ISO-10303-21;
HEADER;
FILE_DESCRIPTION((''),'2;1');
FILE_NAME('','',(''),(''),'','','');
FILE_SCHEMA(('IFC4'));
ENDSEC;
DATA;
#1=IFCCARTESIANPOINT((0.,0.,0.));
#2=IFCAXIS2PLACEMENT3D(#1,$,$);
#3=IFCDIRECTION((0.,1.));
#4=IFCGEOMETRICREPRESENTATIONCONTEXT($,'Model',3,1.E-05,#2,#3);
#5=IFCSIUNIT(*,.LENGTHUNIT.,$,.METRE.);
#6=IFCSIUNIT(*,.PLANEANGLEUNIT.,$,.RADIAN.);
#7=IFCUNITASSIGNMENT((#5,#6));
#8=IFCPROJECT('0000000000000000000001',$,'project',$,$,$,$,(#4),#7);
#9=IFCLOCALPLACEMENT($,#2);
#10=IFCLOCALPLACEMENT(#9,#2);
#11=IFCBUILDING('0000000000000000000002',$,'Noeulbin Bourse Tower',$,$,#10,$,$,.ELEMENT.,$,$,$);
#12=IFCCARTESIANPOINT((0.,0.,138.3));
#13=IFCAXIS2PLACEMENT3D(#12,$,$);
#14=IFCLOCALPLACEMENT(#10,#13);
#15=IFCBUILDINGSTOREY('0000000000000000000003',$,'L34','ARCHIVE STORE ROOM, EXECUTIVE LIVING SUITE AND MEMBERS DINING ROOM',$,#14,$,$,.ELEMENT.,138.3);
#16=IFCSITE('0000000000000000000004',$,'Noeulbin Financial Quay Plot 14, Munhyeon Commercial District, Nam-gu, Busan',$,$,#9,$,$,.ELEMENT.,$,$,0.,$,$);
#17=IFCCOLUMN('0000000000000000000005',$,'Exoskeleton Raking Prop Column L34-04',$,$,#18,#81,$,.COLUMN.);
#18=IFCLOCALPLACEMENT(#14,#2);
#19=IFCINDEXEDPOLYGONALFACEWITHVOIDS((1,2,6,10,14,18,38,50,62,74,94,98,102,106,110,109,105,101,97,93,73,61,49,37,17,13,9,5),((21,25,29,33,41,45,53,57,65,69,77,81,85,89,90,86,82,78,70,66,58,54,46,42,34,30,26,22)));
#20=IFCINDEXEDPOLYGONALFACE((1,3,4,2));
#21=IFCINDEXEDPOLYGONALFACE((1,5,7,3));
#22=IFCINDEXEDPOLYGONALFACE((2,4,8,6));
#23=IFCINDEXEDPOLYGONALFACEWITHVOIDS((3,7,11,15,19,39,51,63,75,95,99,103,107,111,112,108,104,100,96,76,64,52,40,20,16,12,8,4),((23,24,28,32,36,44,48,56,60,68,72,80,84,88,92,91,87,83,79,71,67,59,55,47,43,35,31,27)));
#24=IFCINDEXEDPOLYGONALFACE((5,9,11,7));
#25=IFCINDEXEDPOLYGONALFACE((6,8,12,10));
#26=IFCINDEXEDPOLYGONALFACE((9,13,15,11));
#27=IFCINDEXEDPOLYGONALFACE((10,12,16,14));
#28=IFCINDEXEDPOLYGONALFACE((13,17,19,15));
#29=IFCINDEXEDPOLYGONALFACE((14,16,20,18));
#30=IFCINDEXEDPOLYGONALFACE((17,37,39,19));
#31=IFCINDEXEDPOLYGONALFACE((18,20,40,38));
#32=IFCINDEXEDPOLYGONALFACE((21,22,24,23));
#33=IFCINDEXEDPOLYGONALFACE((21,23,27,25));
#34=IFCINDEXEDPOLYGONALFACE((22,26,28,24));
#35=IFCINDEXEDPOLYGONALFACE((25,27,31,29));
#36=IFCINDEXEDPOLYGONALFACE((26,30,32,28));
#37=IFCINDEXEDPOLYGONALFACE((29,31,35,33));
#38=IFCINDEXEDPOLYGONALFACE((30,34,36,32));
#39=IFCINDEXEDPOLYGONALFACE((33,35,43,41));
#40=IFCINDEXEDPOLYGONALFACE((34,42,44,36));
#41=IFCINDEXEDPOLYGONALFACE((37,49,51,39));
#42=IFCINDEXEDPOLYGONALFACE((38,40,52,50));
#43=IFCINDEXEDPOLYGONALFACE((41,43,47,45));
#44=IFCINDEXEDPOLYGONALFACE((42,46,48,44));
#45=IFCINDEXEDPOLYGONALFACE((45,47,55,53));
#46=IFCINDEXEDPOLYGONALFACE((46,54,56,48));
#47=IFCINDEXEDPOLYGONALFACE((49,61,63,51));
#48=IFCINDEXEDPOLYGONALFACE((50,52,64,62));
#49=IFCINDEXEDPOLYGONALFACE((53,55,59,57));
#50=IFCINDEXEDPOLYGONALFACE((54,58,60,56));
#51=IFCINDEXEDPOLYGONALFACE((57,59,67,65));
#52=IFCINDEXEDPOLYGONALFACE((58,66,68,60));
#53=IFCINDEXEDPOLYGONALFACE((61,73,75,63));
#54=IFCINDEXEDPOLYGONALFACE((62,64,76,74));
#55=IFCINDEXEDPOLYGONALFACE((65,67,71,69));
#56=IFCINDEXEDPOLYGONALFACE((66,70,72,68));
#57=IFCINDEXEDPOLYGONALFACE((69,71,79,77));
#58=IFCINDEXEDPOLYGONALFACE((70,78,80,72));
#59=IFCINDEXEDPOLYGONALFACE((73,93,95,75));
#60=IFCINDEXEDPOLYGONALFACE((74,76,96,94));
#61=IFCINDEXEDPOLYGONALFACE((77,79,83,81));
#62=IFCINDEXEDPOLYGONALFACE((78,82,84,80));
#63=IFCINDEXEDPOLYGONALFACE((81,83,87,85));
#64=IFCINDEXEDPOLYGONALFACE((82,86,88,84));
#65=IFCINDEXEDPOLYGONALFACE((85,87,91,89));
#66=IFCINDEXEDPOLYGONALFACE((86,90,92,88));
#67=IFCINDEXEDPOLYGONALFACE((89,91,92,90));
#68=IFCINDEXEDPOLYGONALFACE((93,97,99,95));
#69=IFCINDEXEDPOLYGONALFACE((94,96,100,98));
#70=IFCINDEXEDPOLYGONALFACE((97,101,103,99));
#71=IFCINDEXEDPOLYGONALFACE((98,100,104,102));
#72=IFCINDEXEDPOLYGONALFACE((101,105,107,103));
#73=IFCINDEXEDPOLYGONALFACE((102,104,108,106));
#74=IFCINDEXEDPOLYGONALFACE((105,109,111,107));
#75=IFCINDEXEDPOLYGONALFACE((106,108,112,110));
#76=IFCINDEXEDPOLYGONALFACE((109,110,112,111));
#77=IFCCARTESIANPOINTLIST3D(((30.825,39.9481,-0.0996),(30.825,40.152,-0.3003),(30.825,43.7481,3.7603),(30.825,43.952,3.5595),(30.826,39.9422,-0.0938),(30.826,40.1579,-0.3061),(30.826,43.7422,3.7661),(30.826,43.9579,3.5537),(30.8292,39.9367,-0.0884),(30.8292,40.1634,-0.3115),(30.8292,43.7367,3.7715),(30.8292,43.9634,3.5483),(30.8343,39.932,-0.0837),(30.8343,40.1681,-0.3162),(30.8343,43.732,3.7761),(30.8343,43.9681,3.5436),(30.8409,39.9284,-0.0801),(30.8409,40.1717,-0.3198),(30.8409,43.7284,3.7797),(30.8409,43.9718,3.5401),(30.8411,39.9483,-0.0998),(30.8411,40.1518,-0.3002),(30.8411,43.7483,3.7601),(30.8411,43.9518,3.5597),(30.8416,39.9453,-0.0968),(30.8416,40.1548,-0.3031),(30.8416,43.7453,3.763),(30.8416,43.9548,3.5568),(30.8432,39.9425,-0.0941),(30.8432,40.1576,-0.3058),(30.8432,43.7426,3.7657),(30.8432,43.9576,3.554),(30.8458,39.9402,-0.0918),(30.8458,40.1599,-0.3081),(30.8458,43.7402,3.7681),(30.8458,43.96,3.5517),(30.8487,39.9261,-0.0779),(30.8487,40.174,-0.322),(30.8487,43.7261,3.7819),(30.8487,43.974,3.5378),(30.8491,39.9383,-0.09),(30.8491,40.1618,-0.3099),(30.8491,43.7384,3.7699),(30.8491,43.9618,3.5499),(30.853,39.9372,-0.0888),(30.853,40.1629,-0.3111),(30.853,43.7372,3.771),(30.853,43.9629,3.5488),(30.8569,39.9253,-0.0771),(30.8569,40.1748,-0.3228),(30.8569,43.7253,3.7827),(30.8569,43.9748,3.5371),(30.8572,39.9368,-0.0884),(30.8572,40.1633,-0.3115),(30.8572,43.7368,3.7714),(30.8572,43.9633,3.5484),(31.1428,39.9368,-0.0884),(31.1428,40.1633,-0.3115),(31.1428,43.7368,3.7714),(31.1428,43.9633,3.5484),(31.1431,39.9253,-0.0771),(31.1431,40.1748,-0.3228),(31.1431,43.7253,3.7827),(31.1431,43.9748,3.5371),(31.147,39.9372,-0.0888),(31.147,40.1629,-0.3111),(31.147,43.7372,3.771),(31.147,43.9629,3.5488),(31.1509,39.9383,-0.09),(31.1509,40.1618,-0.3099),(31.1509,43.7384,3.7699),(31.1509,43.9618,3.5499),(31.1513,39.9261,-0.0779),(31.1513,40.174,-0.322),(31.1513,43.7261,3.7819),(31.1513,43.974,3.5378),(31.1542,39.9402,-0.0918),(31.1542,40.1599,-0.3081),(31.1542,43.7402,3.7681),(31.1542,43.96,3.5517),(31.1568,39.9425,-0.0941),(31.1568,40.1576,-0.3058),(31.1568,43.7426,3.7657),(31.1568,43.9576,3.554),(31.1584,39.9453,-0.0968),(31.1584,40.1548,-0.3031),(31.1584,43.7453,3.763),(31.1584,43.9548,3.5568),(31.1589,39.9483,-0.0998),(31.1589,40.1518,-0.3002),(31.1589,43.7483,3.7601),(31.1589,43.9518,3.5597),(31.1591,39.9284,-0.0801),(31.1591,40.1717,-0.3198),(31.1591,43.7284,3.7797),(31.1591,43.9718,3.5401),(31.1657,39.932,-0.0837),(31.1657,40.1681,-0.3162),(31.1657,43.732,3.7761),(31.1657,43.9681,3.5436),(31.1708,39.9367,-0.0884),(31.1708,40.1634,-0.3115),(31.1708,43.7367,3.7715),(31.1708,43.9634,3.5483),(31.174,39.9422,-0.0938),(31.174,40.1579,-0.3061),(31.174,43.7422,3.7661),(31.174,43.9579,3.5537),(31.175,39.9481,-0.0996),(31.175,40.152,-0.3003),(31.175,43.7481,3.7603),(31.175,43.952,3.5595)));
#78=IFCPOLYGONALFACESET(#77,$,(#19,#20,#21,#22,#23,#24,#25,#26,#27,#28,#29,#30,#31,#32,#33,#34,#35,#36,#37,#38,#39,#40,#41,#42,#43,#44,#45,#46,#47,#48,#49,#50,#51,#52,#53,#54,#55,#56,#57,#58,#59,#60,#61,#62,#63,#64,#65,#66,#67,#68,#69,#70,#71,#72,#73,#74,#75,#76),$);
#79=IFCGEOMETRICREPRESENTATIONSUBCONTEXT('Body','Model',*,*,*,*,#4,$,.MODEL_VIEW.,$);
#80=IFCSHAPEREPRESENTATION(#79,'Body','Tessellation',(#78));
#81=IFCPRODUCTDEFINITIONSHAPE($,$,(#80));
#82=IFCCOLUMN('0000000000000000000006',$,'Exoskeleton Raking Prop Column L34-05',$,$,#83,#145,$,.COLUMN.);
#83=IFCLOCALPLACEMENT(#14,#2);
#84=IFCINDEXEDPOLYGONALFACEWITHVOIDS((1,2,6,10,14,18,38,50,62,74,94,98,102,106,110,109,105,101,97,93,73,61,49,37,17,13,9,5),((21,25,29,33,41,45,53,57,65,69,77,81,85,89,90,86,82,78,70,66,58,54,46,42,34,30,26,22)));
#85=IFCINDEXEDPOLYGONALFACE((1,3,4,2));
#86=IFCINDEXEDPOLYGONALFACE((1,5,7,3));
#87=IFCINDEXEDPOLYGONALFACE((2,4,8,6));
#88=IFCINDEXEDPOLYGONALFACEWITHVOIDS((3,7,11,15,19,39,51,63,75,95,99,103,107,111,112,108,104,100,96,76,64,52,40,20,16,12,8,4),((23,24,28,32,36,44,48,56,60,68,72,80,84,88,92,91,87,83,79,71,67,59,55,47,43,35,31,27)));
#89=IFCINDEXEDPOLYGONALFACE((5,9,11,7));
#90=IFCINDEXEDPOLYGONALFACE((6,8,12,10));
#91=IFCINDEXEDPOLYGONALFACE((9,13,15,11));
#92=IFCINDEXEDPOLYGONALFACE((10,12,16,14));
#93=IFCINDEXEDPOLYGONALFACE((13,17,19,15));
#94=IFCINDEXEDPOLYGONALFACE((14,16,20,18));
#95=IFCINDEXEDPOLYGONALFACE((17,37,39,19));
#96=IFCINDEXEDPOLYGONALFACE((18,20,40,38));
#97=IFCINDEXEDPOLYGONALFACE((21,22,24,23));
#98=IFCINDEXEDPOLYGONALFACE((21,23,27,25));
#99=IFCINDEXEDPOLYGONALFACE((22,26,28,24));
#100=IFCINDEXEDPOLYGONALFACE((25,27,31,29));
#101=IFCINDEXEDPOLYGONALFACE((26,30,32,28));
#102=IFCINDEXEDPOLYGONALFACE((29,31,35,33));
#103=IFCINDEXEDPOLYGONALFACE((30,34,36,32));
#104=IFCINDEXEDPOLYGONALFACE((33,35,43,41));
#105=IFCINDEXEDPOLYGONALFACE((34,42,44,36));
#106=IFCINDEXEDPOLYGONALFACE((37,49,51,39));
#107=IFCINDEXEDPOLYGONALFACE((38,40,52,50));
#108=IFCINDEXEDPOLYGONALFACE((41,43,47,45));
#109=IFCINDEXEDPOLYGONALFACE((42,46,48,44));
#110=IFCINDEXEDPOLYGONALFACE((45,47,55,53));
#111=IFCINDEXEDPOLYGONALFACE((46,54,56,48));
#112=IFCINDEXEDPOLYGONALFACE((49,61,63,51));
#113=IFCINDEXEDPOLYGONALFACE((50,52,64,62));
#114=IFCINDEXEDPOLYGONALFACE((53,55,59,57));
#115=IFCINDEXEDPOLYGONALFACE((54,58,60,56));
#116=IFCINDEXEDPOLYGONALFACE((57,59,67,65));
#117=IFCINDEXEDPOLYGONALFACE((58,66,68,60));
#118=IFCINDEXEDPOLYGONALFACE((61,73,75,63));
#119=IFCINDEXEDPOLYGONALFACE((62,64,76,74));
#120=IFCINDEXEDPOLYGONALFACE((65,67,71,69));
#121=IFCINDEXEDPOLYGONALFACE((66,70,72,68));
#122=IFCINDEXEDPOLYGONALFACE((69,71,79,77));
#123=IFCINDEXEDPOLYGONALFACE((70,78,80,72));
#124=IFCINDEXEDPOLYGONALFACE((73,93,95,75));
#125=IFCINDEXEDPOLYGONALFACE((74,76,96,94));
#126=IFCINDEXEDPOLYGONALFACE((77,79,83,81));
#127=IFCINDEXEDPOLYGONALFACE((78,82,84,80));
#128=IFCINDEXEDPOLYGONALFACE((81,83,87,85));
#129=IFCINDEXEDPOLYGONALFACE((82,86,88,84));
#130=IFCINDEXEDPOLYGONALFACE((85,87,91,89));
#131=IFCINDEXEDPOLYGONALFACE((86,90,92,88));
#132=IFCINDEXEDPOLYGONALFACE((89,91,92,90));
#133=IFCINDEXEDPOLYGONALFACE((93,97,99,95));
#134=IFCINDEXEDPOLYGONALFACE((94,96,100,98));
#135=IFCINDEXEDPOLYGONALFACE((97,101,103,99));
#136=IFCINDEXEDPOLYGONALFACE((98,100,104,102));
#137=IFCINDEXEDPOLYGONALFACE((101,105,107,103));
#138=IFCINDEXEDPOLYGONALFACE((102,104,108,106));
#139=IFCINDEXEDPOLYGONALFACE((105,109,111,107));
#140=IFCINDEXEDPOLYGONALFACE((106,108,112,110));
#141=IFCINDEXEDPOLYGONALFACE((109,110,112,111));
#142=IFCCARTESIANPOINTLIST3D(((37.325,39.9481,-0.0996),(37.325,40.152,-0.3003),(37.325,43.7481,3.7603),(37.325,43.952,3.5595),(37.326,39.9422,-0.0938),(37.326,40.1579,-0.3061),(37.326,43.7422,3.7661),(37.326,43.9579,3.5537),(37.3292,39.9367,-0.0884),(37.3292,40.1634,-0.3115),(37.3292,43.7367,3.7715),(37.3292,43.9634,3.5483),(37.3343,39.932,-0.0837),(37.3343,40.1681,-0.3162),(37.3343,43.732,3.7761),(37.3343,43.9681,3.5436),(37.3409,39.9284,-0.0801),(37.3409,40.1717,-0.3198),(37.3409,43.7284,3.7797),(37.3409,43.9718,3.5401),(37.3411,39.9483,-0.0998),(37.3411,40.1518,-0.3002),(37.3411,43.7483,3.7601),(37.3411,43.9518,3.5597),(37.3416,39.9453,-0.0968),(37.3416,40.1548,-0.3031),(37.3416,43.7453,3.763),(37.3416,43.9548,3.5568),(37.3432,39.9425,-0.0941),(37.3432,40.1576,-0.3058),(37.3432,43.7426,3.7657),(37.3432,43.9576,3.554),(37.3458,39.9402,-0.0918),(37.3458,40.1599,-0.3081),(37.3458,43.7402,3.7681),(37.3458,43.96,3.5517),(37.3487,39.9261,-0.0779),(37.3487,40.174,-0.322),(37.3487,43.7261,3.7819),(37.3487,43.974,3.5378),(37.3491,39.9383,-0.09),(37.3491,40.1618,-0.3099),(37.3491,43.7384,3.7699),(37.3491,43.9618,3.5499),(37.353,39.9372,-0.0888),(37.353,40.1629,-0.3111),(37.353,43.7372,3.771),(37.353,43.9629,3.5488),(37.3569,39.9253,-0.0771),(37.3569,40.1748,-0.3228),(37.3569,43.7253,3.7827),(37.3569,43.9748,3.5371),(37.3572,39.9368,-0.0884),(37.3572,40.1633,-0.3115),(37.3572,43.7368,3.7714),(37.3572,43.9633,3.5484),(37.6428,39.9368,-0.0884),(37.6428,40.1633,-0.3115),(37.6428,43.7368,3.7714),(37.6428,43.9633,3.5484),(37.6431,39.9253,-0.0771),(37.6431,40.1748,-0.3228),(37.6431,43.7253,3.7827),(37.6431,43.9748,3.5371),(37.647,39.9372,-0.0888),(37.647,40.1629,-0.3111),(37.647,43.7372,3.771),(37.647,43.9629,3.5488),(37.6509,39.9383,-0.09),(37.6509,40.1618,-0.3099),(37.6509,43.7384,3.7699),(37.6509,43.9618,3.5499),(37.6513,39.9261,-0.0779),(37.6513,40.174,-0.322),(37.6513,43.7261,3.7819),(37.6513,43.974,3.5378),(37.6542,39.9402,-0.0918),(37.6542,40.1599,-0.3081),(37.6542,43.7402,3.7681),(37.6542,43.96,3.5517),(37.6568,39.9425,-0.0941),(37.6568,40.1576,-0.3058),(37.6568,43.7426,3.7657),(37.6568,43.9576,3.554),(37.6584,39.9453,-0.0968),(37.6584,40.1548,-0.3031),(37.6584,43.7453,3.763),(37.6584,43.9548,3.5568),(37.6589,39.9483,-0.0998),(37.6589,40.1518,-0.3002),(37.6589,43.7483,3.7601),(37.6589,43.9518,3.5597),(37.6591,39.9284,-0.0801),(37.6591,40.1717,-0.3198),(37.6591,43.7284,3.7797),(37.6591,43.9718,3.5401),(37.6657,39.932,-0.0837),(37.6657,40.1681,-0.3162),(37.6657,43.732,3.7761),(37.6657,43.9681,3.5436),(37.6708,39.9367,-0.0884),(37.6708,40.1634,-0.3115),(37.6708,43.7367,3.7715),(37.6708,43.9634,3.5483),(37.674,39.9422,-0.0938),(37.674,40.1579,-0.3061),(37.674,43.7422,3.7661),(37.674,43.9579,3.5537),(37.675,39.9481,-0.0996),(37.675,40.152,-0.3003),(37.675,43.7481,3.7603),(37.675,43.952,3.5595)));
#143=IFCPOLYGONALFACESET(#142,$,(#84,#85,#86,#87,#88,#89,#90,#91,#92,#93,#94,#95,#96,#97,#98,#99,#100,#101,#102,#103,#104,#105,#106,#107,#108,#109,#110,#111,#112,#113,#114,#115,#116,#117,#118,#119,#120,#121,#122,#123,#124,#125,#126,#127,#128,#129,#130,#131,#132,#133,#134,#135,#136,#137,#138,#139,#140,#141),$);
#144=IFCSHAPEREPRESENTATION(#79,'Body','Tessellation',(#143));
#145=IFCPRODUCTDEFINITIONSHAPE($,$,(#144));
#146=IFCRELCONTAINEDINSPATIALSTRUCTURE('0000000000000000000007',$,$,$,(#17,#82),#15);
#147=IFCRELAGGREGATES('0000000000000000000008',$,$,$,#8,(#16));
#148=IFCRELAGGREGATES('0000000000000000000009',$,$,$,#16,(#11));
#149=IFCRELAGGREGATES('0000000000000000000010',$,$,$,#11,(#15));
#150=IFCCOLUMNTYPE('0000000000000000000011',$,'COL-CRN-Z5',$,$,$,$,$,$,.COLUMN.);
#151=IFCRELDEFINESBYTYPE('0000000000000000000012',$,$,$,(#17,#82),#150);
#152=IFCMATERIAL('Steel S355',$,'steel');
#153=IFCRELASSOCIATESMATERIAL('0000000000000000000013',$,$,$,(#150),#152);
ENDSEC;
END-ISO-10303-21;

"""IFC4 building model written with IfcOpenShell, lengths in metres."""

from ifc_helpers import new_model, si_unit, direction, frame, origin, origin_2d, place, context, subcontext, project, spatial, hollow_rectangle, extrude, material, material_profile, profile_set, type_object, element, save


model = new_model("IFC4")

# Units and contexts
model_context = context("Model", 3, precision=1e-05, world=origin(), true_north=direction((0.0, 1.0)))
body_context = subcontext(model_context, "Body", "Model", "MODEL_VIEW")
ifc_project = project(units=[si_unit("LENGTHUNIT", "METRE"), si_unit("PLANEANGLEUNIT", "RADIAN")], contexts=[model_context])

# Site, building, storey
site_placement = place(None, origin())
site = spatial("IfcSite", under=ifc_project, at=site_placement, Name="Noeulbin Financial Quay Plot 14, Munhyeon Commercial District, Nam-gu, Busan", CompositionType="ELEMENT", RefElevation=0.0)
building_placement = place(site_placement, origin())
building = spatial("IfcBuilding", under=site, at=building_placement, Name="Noeulbin Bourse Tower", CompositionType="ELEMENT")
storey_placement = place(building_placement, frame((0.0, 0.0, 138.3)))
storey = spatial("IfcBuildingStorey", under=building, at=storey_placement, Name="L34", Description="ARCHIVE STORE ROOM, EXECUTIVE LIVING SUITE AND MEMBERS DINING ROOM", CompositionType="ELEMENT", Elevation=138.3)

# Columns
ifc_material_1 = material(Name="Steel S355", Category="steel")
ifc_material_profile_1 = material_profile(ifc_material_1, hollow_rectangle(XDim=0.3501, YDim=0.3501, WallThickness=0.0161, InnerFilletRadius=0.0161, OuterFilletRadius=0.032, at=origin_2d()), Name="SHS-350x350x16", Category="LoadBearing")
ifc_profile_set_1 = profile_set([ifc_material_profile_1], Name="Steel S355")
column_type_1 = type_object("IfcColumnType", Name="COL-CRN-Z5", PredefinedType="COLUMN", material=ifc_profile_set_1)
for number, where, z_axis, x_axis, name in (
    (1, (31.0, 40.05, -0.2), (0.0, 0.701564, 0.712607), (-1.0, 0.0, 0.0), "Exoskeleton Raking Prop Column L34-04"),
    (2, (37.5, 40.05, -0.2), (0.0, 0.701564, 0.712607), (-1.0, 0.0, 0.0), "Exoskeleton Raking Prop Column L34-05"),
):
    element("IfcColumn", number, at=place(storey_placement, frame(where, z_axis=z_axis, x_axis=x_axis)), inside=storey, type_object=column_type_1, Name=name, PredefinedType="COLUMN", context=body_context, shape_type="SweptSolid", body=[
        extrude(hollow_rectangle(XDim=0.3501, YDim=0.3501, WallThickness=0.0161, InnerFilletRadius=0.0161, OuterFilletRadius=0.032, at=origin_2d()), origin(), (0.0, 0.0, 1.0), 5.4165),
    ])

save(model, "model.ifc")
